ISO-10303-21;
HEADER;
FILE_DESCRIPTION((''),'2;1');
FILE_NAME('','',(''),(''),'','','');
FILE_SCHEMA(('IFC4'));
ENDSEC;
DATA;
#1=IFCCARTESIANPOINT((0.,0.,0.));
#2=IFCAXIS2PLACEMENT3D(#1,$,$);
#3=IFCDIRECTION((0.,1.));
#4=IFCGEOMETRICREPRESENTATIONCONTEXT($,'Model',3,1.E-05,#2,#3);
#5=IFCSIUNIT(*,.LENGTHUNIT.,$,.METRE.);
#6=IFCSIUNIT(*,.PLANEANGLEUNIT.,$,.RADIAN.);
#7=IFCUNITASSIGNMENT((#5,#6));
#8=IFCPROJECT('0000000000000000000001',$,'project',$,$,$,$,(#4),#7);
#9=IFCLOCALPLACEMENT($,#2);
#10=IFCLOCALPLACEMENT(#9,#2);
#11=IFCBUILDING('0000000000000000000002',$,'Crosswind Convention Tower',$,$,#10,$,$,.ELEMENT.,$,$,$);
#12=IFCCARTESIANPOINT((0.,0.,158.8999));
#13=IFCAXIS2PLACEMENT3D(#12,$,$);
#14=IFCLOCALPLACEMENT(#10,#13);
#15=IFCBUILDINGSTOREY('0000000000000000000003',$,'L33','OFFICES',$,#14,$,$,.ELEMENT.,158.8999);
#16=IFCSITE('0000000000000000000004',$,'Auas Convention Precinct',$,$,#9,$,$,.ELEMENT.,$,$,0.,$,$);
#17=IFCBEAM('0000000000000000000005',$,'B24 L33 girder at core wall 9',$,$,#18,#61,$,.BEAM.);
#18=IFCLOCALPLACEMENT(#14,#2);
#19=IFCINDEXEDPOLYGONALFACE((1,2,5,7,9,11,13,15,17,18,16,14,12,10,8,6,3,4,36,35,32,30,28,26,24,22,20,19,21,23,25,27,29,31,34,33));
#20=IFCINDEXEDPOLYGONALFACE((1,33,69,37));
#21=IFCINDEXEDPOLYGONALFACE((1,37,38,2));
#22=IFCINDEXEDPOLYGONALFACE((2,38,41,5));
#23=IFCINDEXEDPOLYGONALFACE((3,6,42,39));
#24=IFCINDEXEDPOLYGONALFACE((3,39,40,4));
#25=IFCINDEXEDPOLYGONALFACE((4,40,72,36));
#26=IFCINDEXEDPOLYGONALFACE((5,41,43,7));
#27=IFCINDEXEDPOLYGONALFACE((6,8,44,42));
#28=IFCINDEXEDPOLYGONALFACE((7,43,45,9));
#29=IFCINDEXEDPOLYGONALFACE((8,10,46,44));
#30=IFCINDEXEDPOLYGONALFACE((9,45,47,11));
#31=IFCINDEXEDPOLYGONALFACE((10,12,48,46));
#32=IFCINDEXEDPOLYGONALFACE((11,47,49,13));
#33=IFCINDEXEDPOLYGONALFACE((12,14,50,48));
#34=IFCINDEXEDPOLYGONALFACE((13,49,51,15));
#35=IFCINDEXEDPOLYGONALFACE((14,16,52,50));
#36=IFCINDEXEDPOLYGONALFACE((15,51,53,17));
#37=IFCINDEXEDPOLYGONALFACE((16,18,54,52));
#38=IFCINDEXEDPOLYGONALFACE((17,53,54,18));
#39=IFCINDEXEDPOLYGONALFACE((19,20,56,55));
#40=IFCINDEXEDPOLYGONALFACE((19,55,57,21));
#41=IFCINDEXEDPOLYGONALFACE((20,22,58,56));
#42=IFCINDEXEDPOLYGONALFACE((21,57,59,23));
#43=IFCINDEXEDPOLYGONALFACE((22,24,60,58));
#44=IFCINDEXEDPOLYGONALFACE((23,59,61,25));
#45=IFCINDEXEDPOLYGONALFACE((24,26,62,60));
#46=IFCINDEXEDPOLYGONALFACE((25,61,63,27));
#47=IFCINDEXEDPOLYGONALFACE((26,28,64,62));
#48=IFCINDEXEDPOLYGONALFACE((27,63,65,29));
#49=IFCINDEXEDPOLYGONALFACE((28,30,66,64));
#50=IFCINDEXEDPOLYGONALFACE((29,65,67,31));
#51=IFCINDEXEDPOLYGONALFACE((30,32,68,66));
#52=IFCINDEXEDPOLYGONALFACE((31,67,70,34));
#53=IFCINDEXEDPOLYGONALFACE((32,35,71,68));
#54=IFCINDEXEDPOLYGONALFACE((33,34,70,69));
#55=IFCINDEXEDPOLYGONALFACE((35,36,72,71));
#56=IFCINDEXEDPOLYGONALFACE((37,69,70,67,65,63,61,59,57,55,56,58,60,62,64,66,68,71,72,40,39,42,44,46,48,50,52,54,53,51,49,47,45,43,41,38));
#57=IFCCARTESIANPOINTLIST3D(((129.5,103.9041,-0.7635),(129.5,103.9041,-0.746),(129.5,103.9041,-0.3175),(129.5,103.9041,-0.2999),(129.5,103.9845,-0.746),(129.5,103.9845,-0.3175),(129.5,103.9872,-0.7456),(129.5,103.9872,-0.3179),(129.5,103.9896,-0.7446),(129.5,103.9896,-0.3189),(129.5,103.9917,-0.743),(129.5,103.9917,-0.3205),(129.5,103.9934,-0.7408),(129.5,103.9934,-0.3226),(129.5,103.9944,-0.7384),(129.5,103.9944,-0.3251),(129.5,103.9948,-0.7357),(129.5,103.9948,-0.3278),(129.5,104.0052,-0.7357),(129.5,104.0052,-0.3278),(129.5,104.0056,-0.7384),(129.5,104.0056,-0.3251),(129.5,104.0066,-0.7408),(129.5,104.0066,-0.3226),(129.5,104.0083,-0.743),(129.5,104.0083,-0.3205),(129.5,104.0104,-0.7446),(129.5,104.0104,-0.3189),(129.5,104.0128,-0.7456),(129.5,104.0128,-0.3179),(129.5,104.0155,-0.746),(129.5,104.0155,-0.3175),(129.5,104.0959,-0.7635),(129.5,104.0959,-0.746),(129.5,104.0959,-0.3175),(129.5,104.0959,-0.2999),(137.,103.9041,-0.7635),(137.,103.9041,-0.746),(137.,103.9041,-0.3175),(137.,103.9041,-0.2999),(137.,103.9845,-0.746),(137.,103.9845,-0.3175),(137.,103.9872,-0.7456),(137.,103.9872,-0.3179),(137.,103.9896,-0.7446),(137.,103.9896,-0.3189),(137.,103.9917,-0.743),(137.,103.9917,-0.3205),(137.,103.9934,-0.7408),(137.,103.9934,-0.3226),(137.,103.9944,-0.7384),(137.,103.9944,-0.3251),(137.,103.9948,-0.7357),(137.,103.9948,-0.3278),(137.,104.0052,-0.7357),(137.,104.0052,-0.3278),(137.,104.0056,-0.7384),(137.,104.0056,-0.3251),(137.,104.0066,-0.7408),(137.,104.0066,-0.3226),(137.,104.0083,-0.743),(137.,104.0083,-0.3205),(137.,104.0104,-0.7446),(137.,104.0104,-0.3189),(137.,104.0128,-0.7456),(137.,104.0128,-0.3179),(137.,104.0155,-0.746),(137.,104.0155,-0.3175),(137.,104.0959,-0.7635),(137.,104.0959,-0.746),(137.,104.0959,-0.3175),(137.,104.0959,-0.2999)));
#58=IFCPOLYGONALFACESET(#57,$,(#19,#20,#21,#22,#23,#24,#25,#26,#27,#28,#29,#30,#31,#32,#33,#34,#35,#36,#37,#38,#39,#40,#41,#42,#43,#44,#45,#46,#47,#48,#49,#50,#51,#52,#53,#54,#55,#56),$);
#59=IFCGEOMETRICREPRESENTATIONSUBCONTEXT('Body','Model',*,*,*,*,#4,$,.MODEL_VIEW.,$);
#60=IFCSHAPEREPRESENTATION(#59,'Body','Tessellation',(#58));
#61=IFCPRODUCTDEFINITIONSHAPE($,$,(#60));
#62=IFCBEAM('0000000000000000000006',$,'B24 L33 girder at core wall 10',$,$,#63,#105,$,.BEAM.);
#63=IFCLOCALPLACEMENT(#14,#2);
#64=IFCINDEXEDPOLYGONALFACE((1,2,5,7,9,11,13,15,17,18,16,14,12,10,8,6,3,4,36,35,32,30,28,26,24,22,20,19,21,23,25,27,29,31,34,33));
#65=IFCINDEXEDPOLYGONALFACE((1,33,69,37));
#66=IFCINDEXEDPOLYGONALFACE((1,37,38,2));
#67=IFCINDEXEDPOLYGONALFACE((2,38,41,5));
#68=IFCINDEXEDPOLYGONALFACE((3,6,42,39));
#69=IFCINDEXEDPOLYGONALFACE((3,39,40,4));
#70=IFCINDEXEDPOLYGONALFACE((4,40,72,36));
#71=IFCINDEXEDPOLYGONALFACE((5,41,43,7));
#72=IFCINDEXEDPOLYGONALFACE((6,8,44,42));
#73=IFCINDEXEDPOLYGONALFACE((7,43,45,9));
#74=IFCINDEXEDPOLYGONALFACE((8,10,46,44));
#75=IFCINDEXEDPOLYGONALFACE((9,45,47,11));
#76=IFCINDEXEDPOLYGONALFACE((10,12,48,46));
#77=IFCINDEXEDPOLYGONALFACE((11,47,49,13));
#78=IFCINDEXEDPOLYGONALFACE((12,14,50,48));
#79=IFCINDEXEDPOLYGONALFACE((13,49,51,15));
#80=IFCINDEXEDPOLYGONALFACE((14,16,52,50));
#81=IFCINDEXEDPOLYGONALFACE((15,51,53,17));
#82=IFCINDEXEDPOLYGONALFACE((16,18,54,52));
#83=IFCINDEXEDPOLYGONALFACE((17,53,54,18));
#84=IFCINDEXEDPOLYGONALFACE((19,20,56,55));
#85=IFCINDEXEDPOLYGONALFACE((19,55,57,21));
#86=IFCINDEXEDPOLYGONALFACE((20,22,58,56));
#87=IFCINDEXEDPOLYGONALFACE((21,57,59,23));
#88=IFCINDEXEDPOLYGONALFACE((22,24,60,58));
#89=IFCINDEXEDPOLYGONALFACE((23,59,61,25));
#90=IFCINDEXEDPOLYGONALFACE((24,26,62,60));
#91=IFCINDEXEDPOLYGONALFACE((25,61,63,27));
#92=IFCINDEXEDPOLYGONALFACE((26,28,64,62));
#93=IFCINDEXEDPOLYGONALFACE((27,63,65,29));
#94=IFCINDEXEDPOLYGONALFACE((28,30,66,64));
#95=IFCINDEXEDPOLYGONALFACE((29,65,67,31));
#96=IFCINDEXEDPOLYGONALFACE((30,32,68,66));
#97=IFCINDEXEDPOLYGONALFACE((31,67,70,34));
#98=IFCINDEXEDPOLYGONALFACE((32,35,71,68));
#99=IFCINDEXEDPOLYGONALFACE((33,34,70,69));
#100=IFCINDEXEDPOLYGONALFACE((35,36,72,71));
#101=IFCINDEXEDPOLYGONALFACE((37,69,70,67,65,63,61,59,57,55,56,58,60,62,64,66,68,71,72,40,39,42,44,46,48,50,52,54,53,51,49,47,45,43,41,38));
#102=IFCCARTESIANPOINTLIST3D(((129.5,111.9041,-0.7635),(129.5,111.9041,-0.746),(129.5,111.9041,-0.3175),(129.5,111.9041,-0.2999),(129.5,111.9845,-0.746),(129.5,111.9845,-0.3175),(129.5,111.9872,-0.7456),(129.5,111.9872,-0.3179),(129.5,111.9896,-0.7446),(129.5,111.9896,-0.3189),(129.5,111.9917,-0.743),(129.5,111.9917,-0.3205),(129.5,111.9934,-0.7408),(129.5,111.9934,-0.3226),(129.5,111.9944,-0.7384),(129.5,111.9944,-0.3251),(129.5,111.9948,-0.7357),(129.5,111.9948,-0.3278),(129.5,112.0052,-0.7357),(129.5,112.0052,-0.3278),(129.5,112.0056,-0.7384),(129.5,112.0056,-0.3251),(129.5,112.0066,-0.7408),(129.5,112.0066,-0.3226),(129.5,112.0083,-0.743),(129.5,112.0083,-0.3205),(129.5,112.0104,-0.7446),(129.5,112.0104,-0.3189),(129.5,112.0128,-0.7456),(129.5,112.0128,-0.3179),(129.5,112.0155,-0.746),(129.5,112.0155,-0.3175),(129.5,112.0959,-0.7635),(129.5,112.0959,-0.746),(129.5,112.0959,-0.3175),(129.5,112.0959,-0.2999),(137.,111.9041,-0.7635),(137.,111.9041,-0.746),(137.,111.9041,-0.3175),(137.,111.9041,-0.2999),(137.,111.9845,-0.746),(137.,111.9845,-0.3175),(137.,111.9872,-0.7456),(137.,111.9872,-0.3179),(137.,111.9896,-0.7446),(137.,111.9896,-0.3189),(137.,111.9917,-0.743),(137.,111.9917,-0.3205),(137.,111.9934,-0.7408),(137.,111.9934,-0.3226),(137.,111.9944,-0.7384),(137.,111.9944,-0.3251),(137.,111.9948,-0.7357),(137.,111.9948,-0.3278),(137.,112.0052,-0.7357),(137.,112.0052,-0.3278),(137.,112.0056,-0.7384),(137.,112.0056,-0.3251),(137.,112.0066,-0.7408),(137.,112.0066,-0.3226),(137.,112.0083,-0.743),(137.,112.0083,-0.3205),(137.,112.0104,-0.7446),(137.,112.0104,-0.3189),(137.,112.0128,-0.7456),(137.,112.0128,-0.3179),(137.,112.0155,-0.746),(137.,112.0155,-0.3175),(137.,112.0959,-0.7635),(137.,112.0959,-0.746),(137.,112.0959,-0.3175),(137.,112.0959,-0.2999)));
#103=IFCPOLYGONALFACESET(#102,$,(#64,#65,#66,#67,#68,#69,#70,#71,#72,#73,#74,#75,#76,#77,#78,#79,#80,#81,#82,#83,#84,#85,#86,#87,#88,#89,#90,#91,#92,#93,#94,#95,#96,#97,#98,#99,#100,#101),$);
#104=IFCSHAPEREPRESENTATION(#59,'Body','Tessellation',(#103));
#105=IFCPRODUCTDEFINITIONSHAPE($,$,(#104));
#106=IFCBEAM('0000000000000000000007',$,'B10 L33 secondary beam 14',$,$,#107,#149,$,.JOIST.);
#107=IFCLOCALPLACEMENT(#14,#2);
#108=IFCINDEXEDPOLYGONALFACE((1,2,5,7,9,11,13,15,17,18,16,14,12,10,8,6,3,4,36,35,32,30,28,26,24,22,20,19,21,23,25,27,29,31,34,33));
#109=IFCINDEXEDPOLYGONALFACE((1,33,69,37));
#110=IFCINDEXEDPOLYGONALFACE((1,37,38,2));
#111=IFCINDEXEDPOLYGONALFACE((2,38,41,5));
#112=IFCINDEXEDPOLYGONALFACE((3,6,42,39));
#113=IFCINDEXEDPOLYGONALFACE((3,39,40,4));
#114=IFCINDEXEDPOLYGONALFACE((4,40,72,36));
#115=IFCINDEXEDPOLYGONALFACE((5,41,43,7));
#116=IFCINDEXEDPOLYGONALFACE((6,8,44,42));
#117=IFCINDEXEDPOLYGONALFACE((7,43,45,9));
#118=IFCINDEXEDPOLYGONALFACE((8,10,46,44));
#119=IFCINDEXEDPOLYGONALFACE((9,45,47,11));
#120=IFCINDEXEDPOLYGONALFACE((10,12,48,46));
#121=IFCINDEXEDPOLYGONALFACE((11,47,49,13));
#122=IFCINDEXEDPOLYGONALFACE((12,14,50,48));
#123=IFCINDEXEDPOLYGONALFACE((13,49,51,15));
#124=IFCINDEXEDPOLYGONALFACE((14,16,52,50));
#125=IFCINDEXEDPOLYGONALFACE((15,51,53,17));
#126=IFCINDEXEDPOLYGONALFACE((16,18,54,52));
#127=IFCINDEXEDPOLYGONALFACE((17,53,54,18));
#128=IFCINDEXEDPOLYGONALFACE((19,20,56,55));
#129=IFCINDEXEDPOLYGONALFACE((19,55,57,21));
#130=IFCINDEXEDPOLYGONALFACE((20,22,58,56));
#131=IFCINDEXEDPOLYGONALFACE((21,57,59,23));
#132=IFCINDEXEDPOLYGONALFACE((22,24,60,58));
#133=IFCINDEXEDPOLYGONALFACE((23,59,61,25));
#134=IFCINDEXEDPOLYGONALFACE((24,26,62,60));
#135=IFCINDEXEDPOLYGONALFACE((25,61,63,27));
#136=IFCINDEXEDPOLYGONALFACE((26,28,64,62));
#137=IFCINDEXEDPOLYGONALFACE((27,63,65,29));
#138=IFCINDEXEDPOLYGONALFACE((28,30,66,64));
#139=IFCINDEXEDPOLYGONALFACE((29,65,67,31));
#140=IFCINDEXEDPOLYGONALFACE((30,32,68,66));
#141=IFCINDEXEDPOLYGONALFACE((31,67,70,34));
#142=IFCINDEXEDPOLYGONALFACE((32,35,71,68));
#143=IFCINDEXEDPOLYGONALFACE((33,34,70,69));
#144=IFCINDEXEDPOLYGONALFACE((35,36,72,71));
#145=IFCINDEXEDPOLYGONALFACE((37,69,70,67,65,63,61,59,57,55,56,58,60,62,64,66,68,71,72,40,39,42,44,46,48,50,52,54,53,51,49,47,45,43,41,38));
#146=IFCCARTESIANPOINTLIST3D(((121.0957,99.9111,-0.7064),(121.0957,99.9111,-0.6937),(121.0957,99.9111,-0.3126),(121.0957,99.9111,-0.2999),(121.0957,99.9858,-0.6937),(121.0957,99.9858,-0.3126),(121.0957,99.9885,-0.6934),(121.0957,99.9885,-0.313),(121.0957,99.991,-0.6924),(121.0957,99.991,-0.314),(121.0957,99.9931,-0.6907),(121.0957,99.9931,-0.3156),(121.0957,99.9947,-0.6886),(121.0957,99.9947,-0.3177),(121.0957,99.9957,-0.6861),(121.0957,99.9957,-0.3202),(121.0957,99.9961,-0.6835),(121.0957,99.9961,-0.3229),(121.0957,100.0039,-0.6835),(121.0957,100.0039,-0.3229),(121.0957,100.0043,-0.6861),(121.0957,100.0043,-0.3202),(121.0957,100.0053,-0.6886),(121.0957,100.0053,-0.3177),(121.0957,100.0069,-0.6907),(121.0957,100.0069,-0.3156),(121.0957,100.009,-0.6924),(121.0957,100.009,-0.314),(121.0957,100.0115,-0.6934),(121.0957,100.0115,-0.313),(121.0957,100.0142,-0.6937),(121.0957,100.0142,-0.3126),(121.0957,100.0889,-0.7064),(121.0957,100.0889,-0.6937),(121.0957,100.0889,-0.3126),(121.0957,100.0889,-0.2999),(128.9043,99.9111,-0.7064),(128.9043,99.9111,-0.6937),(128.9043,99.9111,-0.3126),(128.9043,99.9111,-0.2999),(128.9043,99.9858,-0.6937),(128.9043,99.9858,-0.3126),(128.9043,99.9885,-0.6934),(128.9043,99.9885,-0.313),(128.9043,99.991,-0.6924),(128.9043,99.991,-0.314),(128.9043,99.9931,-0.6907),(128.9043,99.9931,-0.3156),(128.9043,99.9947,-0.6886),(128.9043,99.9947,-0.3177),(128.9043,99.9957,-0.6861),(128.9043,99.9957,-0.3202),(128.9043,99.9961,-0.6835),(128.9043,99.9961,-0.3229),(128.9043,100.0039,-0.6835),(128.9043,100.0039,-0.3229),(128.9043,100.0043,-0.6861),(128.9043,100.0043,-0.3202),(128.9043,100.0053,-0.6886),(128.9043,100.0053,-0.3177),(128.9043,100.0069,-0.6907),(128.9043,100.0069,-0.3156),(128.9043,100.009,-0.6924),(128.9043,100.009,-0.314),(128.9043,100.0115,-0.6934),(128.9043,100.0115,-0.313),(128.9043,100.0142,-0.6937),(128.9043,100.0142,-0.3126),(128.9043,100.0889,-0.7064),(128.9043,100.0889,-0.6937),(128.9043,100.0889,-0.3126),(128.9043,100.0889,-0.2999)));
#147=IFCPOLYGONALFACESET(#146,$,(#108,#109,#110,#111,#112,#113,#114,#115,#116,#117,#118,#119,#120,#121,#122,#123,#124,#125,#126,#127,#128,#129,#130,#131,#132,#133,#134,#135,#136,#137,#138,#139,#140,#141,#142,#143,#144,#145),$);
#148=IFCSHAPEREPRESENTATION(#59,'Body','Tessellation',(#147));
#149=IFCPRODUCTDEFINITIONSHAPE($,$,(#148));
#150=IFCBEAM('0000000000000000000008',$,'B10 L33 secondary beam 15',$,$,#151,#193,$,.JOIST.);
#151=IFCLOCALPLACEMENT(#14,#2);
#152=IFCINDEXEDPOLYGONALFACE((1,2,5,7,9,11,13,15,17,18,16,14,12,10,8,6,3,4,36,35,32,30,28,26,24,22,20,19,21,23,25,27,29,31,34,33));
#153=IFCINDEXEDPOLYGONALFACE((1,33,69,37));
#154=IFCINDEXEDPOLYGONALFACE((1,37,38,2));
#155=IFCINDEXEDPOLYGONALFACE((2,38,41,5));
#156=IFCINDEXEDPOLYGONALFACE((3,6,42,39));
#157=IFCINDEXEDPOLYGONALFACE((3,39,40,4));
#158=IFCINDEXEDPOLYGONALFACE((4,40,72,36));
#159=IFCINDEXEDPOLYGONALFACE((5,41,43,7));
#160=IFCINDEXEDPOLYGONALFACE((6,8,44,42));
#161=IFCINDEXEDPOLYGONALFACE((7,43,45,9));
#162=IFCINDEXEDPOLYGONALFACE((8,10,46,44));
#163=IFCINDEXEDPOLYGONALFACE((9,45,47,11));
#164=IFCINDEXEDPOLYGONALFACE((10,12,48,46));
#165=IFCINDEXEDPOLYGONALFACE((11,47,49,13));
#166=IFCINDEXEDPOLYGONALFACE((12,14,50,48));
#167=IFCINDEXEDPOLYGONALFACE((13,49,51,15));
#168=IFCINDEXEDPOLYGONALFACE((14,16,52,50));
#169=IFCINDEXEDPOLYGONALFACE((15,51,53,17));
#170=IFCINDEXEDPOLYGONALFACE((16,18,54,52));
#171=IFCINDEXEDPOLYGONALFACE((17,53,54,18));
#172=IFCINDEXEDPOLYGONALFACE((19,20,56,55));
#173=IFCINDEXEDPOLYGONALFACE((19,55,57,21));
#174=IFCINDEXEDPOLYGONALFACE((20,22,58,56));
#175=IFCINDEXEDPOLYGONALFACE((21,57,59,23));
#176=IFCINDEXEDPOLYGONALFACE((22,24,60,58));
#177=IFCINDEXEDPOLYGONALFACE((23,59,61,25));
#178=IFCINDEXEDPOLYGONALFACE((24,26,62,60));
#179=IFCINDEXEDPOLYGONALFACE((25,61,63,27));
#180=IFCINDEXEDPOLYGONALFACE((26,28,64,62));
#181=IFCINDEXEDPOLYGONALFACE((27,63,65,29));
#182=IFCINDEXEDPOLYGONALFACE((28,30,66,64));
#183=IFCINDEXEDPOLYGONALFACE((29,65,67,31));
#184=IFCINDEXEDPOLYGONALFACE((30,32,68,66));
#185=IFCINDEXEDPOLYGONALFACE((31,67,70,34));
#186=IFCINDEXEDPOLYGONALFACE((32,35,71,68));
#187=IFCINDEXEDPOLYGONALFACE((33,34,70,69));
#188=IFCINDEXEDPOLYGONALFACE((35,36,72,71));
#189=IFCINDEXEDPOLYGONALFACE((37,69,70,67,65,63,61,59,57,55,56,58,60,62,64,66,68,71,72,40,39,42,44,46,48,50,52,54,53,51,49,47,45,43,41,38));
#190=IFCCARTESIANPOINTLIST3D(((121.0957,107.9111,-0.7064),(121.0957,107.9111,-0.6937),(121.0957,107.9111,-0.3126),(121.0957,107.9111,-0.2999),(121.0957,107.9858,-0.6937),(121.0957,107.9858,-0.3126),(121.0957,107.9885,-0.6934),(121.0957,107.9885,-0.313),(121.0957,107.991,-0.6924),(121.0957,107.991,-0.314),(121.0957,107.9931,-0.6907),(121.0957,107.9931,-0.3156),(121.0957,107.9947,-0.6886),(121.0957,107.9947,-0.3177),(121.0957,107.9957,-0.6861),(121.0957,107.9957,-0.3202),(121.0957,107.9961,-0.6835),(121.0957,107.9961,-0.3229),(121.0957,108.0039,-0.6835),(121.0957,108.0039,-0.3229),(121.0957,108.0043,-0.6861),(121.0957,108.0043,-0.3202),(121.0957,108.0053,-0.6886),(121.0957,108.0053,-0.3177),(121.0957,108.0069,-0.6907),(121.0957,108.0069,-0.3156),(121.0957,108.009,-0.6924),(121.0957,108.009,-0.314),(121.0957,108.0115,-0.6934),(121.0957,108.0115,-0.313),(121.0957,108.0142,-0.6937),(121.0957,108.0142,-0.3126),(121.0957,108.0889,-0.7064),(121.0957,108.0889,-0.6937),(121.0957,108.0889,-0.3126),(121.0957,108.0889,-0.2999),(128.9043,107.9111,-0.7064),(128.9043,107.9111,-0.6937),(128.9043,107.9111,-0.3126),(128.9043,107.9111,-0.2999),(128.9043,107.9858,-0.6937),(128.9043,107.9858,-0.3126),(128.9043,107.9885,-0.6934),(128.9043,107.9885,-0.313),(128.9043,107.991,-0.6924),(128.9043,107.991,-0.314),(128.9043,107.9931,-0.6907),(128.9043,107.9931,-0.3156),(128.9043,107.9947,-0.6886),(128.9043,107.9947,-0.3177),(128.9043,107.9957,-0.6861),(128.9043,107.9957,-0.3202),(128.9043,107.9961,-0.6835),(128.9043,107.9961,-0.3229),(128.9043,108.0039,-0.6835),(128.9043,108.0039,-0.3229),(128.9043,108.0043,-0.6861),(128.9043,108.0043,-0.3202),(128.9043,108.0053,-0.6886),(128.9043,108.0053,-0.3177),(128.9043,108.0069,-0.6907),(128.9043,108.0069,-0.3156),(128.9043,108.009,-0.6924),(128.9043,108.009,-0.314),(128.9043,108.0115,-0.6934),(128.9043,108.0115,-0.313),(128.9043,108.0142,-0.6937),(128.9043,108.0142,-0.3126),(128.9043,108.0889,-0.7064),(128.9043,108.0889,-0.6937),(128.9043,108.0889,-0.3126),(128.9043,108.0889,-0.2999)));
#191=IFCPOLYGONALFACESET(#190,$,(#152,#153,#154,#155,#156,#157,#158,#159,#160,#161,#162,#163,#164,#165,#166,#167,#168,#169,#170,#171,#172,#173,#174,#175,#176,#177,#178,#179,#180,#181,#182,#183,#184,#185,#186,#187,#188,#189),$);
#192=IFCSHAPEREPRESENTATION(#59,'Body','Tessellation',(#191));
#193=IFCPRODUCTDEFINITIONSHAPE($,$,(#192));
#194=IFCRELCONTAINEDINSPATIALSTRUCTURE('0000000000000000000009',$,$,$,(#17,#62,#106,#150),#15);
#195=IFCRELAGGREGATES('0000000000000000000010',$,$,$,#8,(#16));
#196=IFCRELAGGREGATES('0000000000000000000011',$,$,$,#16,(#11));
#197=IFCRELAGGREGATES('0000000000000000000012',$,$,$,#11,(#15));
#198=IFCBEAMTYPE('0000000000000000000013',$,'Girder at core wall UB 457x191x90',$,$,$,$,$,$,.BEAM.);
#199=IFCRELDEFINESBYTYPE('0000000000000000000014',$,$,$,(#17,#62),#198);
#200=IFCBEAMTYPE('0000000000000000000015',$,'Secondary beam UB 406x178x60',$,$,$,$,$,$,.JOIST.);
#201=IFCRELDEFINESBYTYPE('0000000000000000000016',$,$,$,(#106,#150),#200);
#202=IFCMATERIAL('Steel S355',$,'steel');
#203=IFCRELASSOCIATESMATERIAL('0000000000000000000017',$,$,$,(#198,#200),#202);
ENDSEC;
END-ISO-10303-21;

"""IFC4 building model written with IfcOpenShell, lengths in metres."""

from ifc_helpers import new_model, si_unit, direction, frame, origin, origin_2d, place, context, subcontext, project, spatial, i_section, extrude, material, material_profile, profile_set, type_object, element, save


model = new_model("IFC4")

# Units and contexts
model_context = context("Model", 3, precision=1e-05, world=origin(), true_north=direction((0.0, 1.0)))
body_context = subcontext(model_context, "Body", "Model", "MODEL_VIEW")
ifc_project = project(units=[si_unit("LENGTHUNIT", "METRE"), si_unit("PLANEANGLEUNIT", "RADIAN")], contexts=[model_context])

# Site, building, storey
site_placement = place(None, origin())
site = spatial("IfcSite", under=ifc_project, at=site_placement, Name="Auas Convention Precinct", CompositionType="ELEMENT", RefElevation=0.0)
building_placement = place(site_placement, origin())
building = spatial("IfcBuilding", under=site, at=building_placement, Name="Crosswind Convention Tower", CompositionType="ELEMENT")
storey_placement = place(building_placement, frame((0.0, 0.0, 158.8999)))
storey = spatial("IfcBuildingStorey", under=building, at=storey_placement, Name="L33", Description="OFFICES", CompositionType="ELEMENT", Elevation=158.8999)

# Beams
ifc_material_1 = material(Name="Steel S355", Category="steel")
ifc_material_profile_1 = material_profile(ifc_material_1, i_section(OverallWidth=0.1919, OverallDepth=0.4636, WebThickness=0.0105, FlangeThickness=0.0176, FilletRadius=0.0103, at=origin_2d()), Name="UB 457x191x90")
ifc_profile_set_1 = profile_set([ifc_material_profile_1], Name="Steel S355")
beam_type_1 = type_object("IfcBeamType", Name="Girder at core wall UB 457x191x90", PredefinedType="BEAM", material=ifc_profile_set_1)
for number, where, z_axis, x_axis, name in (
    (1, (129.5, 104.0, -0.5317), (1.0, 0.0, 0.0), (0.0, 1.0, 0.0), "B24 L33 girder at core wall 9"),
    (2, (129.5, 112.0, -0.5317), (1.0, 0.0, 0.0), (0.0, 1.0, 0.0), "B24 L33 girder at core wall 10"),
):
    element("IfcBeam", number, at=place(storey_placement, frame(where, z_axis=z_axis, x_axis=x_axis)), inside=storey, type_object=beam_type_1, Name=name, PredefinedType="BEAM", context=body_context, shape_type="SweptSolid", body=[
        extrude(i_section(OverallWidth=0.1919, OverallDepth=0.4636, WebThickness=0.0105, FlangeThickness=0.0176, FilletRadius=0.0103, at=origin_2d()), origin(), (0.0, 0.0, 1.0), 7.5),
    ])
ifc_material_profile_2 = material_profile(ifc_material_1, i_section(OverallWidth=0.1777, OverallDepth=0.4065, WebThickness=0.0078, FlangeThickness=0.0127, FilletRadius=0.0103, at=origin_2d()), Name="UB 406x178x60")
ifc_profile_set_2 = profile_set([ifc_material_profile_2], Name="Steel S355")
beam_type_2 = type_object("IfcBeamType", Name="Secondary beam UB 406x178x60", PredefinedType="JOIST", material=ifc_profile_set_2)
for number, where, z_axis, x_axis, name in (
    (3, (121.0957, 100.0, -0.5032), (1.0, 0.0, 0.0), (0.0, 1.0, 0.0), "B10 L33 secondary beam 14"),
    (4, (121.0957, 108.0, -0.5032), (1.0, 0.0, 0.0), (0.0, 1.0, 0.0), "B10 L33 secondary beam 15"),
):
    element("IfcBeam", number, at=place(storey_placement, frame(where, z_axis=z_axis, x_axis=x_axis)), inside=storey, type_object=beam_type_2, Name=name, PredefinedType="JOIST", context=body_context, shape_type="SweptSolid", body=[
        extrude(i_section(OverallWidth=0.1777, OverallDepth=0.4065, WebThickness=0.0078, FlangeThickness=0.0127, FilletRadius=0.0103, at=origin_2d()), origin(), (0.0, 0.0, 1.0), 7.8086),
    ])

save(model, "model.ifc")
